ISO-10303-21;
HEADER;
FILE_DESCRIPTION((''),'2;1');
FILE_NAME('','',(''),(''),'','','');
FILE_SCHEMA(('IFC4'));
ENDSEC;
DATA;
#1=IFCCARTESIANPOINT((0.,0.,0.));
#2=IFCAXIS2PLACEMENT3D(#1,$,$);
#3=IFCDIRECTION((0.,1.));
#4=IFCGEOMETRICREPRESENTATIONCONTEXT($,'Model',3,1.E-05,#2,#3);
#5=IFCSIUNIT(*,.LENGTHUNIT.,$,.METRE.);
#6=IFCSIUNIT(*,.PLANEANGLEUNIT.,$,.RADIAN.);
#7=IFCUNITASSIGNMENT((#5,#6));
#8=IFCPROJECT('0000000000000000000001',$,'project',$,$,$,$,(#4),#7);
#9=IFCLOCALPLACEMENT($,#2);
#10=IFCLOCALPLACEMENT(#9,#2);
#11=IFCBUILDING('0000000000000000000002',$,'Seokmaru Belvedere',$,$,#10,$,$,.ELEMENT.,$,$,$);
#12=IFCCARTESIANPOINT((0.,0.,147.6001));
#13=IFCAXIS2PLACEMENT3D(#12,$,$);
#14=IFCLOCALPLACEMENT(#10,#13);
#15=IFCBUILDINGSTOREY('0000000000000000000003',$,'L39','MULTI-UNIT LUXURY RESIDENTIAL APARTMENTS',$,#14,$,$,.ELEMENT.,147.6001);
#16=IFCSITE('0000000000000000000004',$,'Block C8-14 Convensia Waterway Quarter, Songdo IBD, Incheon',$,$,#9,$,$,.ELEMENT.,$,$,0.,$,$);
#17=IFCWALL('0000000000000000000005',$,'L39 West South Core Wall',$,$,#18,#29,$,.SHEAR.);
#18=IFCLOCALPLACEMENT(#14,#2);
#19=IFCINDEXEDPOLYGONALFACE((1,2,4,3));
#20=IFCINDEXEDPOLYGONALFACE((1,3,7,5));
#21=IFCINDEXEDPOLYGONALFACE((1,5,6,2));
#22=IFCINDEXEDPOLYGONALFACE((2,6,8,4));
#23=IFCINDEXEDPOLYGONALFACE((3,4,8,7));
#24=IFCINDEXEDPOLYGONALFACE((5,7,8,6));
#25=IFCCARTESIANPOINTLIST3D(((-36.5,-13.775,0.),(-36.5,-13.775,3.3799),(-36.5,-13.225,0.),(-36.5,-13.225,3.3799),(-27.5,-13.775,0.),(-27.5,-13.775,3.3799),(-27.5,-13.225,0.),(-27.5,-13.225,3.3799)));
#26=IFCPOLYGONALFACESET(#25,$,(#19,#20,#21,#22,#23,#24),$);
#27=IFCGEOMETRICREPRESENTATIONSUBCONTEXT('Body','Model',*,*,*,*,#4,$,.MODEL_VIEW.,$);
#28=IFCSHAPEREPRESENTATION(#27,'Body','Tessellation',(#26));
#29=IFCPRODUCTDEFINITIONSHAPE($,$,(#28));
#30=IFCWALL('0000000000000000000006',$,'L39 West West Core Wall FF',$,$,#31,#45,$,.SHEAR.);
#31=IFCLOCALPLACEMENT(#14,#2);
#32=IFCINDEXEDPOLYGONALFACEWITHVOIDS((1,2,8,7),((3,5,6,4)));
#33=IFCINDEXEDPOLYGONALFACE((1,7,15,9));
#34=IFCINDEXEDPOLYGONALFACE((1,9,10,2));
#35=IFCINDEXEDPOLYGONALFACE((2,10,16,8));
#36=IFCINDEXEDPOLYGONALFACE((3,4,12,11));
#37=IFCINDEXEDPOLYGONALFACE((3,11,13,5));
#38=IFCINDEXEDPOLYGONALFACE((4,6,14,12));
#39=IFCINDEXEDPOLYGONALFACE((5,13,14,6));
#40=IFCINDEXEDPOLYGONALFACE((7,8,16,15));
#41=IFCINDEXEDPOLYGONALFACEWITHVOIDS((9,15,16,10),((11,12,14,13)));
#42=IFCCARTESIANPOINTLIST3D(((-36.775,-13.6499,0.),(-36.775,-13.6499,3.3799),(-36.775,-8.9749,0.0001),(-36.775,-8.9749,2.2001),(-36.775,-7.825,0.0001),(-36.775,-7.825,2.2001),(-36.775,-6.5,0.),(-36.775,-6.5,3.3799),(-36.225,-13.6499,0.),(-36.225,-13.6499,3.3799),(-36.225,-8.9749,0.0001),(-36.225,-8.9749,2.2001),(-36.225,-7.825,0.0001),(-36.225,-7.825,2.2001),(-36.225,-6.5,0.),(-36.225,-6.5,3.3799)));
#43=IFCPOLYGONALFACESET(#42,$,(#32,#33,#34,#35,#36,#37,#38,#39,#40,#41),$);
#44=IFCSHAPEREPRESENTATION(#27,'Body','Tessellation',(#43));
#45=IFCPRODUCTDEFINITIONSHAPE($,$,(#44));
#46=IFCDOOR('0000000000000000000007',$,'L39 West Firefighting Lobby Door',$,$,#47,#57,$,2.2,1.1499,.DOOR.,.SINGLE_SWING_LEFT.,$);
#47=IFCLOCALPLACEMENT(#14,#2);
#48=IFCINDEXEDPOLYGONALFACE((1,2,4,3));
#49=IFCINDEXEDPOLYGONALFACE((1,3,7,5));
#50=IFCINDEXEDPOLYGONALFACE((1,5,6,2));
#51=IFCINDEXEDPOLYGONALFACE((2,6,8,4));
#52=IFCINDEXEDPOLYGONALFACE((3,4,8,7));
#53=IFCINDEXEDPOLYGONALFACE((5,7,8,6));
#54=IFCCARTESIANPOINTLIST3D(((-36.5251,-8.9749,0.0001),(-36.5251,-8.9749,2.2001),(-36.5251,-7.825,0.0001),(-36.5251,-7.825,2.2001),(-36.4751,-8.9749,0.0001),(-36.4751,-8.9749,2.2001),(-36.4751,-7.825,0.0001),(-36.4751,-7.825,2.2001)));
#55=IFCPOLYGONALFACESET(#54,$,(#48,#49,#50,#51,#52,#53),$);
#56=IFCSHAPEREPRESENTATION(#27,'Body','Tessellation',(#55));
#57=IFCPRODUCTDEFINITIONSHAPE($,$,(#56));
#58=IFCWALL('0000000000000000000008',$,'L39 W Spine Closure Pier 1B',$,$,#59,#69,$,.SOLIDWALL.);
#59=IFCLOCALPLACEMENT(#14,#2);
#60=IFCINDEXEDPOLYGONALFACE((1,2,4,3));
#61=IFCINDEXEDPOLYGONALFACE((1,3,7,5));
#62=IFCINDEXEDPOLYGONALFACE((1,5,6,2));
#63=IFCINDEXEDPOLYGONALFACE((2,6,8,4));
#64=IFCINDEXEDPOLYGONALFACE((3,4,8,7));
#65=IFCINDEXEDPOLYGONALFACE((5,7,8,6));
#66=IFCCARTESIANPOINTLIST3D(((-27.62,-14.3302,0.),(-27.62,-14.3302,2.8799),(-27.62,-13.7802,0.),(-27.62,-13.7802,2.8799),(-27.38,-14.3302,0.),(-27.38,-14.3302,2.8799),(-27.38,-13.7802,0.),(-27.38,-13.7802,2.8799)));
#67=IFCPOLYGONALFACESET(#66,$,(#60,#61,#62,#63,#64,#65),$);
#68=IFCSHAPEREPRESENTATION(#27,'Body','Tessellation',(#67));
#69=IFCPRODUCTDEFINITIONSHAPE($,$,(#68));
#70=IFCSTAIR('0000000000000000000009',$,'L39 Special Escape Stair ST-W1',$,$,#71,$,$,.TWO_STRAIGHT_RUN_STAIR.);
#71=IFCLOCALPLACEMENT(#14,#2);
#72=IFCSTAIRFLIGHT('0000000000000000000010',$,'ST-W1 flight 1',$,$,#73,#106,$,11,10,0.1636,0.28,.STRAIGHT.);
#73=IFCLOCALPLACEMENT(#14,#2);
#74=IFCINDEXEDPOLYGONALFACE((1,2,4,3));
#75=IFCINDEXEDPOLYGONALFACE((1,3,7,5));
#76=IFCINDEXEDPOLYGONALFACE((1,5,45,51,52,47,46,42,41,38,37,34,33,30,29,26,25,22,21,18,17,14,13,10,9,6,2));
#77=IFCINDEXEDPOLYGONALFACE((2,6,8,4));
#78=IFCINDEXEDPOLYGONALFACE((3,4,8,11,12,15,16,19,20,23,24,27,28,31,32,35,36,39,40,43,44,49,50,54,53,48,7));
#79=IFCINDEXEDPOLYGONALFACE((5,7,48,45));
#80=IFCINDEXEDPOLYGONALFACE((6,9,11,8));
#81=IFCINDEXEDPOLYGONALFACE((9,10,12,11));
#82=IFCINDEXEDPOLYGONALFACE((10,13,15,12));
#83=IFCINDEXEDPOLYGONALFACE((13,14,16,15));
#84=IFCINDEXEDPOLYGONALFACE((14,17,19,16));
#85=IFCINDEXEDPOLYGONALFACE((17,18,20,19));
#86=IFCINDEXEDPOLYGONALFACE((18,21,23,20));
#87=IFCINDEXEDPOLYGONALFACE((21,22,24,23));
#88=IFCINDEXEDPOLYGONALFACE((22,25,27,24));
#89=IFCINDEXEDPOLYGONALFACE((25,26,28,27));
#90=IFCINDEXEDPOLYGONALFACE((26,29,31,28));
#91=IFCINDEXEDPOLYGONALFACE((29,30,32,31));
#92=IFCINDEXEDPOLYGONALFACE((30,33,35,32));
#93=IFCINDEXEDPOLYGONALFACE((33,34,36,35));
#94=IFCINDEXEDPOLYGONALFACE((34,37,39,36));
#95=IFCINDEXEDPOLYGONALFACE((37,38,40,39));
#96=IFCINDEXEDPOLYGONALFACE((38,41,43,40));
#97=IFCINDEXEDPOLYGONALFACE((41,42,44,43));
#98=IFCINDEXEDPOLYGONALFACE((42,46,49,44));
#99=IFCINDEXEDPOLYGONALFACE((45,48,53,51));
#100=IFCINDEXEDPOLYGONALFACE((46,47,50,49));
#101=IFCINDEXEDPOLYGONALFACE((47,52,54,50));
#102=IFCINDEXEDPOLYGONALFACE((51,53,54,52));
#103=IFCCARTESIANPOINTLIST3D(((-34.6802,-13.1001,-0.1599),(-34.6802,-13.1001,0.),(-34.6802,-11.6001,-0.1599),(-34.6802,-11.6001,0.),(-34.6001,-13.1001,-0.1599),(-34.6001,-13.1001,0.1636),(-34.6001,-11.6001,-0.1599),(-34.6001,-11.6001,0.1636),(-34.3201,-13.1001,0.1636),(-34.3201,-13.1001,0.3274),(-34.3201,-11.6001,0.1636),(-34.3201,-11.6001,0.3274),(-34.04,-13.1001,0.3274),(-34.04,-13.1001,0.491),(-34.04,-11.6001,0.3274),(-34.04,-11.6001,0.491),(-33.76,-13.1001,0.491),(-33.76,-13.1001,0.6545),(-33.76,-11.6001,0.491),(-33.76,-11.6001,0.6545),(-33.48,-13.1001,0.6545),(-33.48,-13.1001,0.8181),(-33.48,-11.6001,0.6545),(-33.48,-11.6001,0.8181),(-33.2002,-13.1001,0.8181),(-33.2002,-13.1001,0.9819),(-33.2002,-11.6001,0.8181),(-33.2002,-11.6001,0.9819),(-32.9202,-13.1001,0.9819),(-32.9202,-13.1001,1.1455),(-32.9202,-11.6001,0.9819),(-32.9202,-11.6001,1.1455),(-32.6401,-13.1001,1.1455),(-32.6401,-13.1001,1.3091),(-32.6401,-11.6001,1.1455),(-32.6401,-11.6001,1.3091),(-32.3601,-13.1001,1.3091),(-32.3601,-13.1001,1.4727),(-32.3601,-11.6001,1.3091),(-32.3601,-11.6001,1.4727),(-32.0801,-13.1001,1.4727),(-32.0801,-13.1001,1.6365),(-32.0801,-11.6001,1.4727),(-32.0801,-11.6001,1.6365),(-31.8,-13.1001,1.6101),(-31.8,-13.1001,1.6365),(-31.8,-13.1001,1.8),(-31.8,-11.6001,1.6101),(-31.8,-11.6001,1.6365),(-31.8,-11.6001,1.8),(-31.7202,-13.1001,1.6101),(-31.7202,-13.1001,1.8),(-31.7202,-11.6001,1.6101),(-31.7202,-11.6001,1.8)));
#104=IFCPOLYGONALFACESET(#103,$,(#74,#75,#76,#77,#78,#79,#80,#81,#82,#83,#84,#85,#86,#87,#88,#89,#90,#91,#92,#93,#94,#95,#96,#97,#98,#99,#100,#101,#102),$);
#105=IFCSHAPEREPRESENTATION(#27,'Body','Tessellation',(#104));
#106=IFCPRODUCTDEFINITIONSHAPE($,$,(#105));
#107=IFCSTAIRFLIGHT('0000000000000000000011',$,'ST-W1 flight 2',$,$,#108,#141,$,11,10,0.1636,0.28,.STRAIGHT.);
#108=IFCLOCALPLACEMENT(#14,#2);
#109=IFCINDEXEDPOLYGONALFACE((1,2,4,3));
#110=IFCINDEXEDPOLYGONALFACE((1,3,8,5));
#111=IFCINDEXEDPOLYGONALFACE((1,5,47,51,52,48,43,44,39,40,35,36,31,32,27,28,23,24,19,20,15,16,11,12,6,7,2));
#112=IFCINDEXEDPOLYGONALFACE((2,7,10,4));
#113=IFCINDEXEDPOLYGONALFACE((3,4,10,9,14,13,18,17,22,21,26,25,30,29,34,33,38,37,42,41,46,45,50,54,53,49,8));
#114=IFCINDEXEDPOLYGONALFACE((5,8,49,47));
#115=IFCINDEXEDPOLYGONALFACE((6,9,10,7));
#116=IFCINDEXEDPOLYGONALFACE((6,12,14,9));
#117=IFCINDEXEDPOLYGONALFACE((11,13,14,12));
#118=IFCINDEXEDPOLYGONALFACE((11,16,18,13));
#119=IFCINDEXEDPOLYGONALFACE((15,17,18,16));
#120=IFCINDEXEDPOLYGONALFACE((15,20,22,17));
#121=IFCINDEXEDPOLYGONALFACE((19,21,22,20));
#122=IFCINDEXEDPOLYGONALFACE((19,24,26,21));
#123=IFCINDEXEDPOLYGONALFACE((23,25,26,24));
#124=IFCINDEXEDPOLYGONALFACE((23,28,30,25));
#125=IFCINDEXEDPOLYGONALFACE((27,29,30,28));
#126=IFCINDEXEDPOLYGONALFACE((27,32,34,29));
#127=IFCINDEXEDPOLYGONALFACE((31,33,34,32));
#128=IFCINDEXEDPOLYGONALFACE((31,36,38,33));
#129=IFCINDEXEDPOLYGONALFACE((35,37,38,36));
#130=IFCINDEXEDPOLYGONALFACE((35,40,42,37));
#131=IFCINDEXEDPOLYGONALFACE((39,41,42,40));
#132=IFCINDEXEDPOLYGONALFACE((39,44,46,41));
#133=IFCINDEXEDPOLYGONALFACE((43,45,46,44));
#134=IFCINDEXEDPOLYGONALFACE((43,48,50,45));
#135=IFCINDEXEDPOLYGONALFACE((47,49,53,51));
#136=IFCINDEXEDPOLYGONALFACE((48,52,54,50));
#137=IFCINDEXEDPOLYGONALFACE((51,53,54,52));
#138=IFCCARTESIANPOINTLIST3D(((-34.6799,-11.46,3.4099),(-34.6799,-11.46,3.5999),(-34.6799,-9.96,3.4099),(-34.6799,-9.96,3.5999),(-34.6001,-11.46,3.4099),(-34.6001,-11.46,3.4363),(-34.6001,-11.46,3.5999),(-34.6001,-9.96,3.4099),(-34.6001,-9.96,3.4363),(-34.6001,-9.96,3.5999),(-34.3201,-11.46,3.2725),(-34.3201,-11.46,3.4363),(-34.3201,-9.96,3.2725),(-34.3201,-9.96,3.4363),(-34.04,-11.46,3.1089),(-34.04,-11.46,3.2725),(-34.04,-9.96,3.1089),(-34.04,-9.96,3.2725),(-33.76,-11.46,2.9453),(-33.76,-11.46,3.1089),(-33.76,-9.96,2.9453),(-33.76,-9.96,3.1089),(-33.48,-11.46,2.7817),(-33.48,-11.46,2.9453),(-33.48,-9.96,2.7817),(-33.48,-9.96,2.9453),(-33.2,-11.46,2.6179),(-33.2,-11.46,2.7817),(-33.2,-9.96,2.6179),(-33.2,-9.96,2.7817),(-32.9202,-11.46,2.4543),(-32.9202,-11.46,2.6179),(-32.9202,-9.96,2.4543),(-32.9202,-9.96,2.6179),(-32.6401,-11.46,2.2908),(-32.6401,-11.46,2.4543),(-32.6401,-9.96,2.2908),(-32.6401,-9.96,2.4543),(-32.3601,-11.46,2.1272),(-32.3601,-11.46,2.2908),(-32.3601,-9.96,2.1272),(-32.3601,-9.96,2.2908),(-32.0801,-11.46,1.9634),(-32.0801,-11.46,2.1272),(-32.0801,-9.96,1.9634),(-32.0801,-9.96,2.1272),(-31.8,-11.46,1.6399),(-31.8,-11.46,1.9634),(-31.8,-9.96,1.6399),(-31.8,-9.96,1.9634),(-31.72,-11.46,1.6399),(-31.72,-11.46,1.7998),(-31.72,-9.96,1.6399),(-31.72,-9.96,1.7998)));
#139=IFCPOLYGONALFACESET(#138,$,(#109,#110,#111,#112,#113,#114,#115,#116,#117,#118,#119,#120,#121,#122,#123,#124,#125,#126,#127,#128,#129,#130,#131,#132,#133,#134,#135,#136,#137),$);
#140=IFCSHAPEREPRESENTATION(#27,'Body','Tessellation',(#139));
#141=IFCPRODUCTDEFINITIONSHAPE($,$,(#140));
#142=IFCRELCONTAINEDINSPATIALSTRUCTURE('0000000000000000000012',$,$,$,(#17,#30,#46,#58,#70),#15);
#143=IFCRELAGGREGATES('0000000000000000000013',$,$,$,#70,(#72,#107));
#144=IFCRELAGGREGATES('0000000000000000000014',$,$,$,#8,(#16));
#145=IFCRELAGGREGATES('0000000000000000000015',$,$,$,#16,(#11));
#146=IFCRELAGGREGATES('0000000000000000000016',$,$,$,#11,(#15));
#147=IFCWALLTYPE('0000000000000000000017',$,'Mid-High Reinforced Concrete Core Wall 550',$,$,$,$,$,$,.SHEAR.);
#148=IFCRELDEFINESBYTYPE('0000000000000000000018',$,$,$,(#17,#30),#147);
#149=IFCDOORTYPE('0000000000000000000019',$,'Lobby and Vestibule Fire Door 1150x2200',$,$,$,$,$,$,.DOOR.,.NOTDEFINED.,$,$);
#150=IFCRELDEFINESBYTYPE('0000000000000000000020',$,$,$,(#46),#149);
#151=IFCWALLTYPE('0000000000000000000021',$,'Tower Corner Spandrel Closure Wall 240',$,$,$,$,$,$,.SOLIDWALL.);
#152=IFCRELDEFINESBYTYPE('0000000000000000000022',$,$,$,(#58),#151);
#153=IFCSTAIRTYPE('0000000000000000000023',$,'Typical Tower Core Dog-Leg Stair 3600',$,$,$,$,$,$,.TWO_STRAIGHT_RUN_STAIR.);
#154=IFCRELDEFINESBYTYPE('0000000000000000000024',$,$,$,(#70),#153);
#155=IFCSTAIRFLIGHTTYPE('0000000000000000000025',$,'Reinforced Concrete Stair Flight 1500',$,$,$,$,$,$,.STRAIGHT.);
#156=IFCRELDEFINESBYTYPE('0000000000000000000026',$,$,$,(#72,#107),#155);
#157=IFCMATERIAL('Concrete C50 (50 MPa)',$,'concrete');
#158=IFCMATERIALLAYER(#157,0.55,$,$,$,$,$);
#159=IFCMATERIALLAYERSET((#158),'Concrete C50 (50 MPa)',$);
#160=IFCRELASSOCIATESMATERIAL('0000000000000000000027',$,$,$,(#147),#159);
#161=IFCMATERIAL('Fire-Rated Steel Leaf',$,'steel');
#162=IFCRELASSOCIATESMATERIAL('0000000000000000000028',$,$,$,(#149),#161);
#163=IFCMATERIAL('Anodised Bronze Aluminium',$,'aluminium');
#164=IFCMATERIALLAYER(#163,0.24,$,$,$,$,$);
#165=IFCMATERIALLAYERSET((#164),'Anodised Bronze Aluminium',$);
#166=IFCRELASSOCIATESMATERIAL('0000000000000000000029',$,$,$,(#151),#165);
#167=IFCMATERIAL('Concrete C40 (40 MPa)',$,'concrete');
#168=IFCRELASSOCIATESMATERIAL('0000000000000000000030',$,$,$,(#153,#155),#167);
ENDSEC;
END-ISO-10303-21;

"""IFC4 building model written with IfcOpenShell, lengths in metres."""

from ifc_helpers import new_model, si_unit, direction, frame, frame_2d, origin, place, context, subcontext, project, spatial, polyline, rectangle, outline, extrude, source, transform, mapped, material, layer, layer_set, type_object, type_shapes, element, fill, aggregate, save


model = new_model("IFC4")

# Units and contexts
model_context = context("Model", 3, precision=1e-05, world=origin(), true_north=direction((0.0, 1.0)))
body_context = subcontext(model_context, "Body", "Model", "MODEL_VIEW")
ifc_project = project(units=[si_unit("LENGTHUNIT", "METRE"), si_unit("PLANEANGLEUNIT", "RADIAN")], contexts=[model_context])

# Site, building, storey
site_placement = place(None, origin())
site = spatial("IfcSite", under=ifc_project, at=site_placement, Name="Block C8-14 Convensia Waterway Quarter, Songdo IBD, Incheon", CompositionType="ELEMENT", RefElevation=0.0)
building_placement = place(site_placement, origin())
building = spatial("IfcBuilding", under=site, at=building_placement, Name="Seokmaru Belvedere", CompositionType="ELEMENT")
storey_placement = place(building_placement, frame((0.0, 0.0, 147.6001)))
storey = spatial("IfcBuildingStorey", under=building, at=storey_placement, Name="L39", Description="MULTI-UNIT LUXURY RESIDENTIAL APARTMENTS", CompositionType="ELEMENT", Elevation=147.6001)

# Shared definitions
ifc_material_1 = material(Name="Anodised Bronze Aluminium", Category="aluminium")

# Shared definitions
ifc_material_2 = material(Name="Concrete C50 (50 MPa)", Category="concrete")
ifc_material_3 = material(Name="Fire-Rated Steel Leaf", Category="steel")

# Wall
ifc_layer_1 = layer(ifc_material_2, 0.55)
ifc_layer_set_1 = layer_set([ifc_layer_1], Name="Concrete C50 (50 MPa)")
wall_type_1 = type_object("IfcWallType", Name="Mid-High Reinforced Concrete Core Wall 550", PredefinedType="SHEAR", material=ifc_layer_set_1)
wall_1_placement = place(storey_placement, frame((-36.5, -13.5, 0.0), z_axis=(0.0, 0.0, 1.0), x_axis=(1.0, 0.0, 0.0)))
element("IfcWall", 1, at=wall_1_placement, inside=storey, type_object=wall_type_1, Name="L39 West South Core Wall", PredefinedType="SHEAR", context=body_context, shape_type="SweptSolid", body=[
    extrude(rectangle(XDim=9.0, YDim=0.55, at=frame_2d((4.5, 0.0))), origin(), (0.0, 0.0, 1.0), 3.3799),
])

# Wall, opening, door
wall_2_placement = place(storey_placement, frame((-36.5, -13.6499, 0.0), z_axis=(0.0, 0.0, 1.0), x_axis=(0.0, 1.0, 0.0)))
wall_2 = element("IfcWall", 2, at=wall_2_placement, inside=storey, type_object=wall_type_1, Name="L39 West West Core Wall FF", PredefinedType="SHEAR", context=body_context, shape_type="SweptSolid", body=[
    extrude(rectangle(XDim=7.1499, YDim=0.55, at=frame_2d((3.575, 0.0))), origin(), (0.0, 0.0, 1.0), 3.3799),
])
opening_1_placement = place(wall_2_placement, frame((4.675, 0.0, 0.0)))
opening_1 = element("IfcOpeningElement", 3, at=opening_1_placement, cuts=wall_2, PredefinedType="OPENING", context=body_context, shape_type="SweptSolid", body=[
    extrude(rectangle(XDim=1.1499, YDim=2.2, at=frame_2d((0.575, 1.1001))), frame((0.0, 0.2852, 0.0), z_axis=(0.0, -1.0, 0.0), x_axis=(1.0, 0.0, 0.0)), (0.0, 0.0, 1.0), 0.5701),
])
door_type_1 = type_object("IfcDoorType", Name="Lobby and Vestibule Fire Door 1150x2200", OperationType="NOTDEFINED", PredefinedType="DOOR", material=ifc_material_3)
shared_shape_1 = source(origin(), body_context, "Body", "SweptSolid", [
    extrude(rectangle(XDim=1.1499, YDim=2.2, at=frame_2d((0.575, 1.1001))), frame((0.0, 0.0249, 0.0), z_axis=(0.0, -1.0, 0.0), x_axis=(1.0, 0.0, 0.0)), (0.0, 0.0, 1.0), 0.05),
])
type_shapes(door_type_1, [shared_shape_1])
door_1_placement = place(opening_1_placement, frame((1.1499, 0.0, 0.0), z_axis=(0.0, 0.0, 1.0), x_axis=(-1.0, 0.0, 0.0)))
door_1 = element("IfcDoor", 4, at=door_1_placement, inside=storey, type_object=door_type_1, Name="L39 West Firefighting Lobby Door", OperationType="SINGLE_SWING_LEFT", OverallHeight=2.2, OverallWidth=1.1499, PredefinedType="DOOR", context=body_context, shape_type="MappedRepresentation", body=[
    mapped(shared_shape_1, transform((0.0, 0.0, 0.0), scale=1.0)),
])
fill(opening_1, door_1)

# Wall
ifc_layer_2 = layer(ifc_material_1, 0.24)
ifc_layer_set_2 = layer_set([ifc_layer_2], Name="Anodised Bronze Aluminium")
wall_type_2 = type_object("IfcWallType", Name="Tower Corner Spandrel Closure Wall 240", PredefinedType="SOLIDWALL", material=ifc_layer_set_2)
wall_3_placement = place(storey_placement, frame((-27.5, -14.3301, 0.0), z_axis=(0.0, 0.0, 1.0), x_axis=(0.0, 1.0, 0.0)))
element("IfcWall", 5, at=wall_3_placement, inside=storey, type_object=wall_type_2, Name="L39 W Spine Closure Pier 1B", PredefinedType="SOLIDWALL", context=body_context, shape_type="SweptSolid", body=[
    extrude(rectangle(XDim=0.55, YDim=0.24, at=frame_2d((0.2749, 0.0))), origin(), (0.0, 0.0, 1.0), 2.8799),
])

# Stair, stair flights
ifc_material_4 = material(Name="Concrete C40 (40 MPa)", Category="concrete")
stair_type = type_object("IfcStairType", Name="Typical Tower Core Dog-Leg Stair 3600", PredefinedType="TWO_STRAIGHT_RUN_STAIR", material=ifc_material_4)
stair_placement = place(storey_placement, origin())
stair = element("IfcStair", 6, at=stair_placement, inside=storey, type_object=stair_type, Name="L39 Special Escape Stair ST-W1", PredefinedType="TWO_STRAIGHT_RUN_STAIR")
stair_flight_type = type_object("IfcStairFlightType", Name="Reinforced Concrete Stair Flight 1500", PredefinedType="STRAIGHT", material=ifc_material_4)
stair_flight_1_placement = place(storey_placement, frame((-34.6001, -12.3501, 0.0), z_axis=(0.0, 0.0, 1.0), x_axis=(1.0, 0.0, 0.0)))
stair_flight_1 = element("IfcStairFlight", 7, at=stair_flight_1_placement, type_object=stair_flight_type, Name="ST-W1 flight 1", NumberOfRisers=11, NumberOfTreads=10, PredefinedType="STRAIGHT", RiserHeight=0.1636, TreadLength=0.28, context=body_context, shape_type="SweptSolid", body=[
    extrude(outline(polyline([(-0.0801, 0.0), (0.0, 0.1636), (0.28, 0.1636), (0.28, 0.3274), (0.5601, 0.3274), (0.5601, 0.491), (0.8401, 0.491), (0.8401, 0.6545), (1.1201, 0.6545), (1.1201, 0.8181), (1.3999, 0.8181), (1.3999, 0.9819), (1.6799, 0.9819), (1.6799, 1.1455), (1.96, 1.1455), (1.96, 1.3091), (2.24, 1.3091), (2.24, 1.4727), (2.52, 1.4727), (2.52, 1.6365), (2.8, 1.6365), (2.8, 1.8), (2.8799, 1.8), (2.8799, 1.6101), (2.8, 1.6101), (0.0, -0.1599), (-0.0801, -0.1599), (-0.0801, 0.0)])), frame((0.0, 0.75, 0.0), z_axis=(0.0, -1.0, 0.0), x_axis=(1.0, 0.0, 0.0)), (0.0, 0.0, 1.0), 1.5),
])
stair_flight_2_placement = place(storey_placement, frame((-31.8, -10.71, 1.7998), z_axis=(0.0, 0.0, 1.0), x_axis=(-1.0, 0.0, 0.0)))
stair_flight_2 = element("IfcStairFlight", 8, at=stair_flight_2_placement, type_object=stair_flight_type, Name="ST-W1 flight 2", NumberOfRisers=11, NumberOfTreads=10, PredefinedType="STRAIGHT", RiserHeight=0.1636, TreadLength=0.28, context=body_context, shape_type="SweptSolid", body=[
    extrude(outline(polyline([(-0.0801, 0.0), (0.0, 0.1636), (0.28, 0.1636), (0.28, 0.3274), (0.5601, 0.3274), (0.5601, 0.491), (0.8401, 0.491), (0.8401, 0.6545), (1.1201, 0.6545), (1.1201, 0.8181), (1.3999, 0.8181), (1.3999, 0.9819), (1.6799, 0.9819), (1.6799, 1.1455), (1.96, 1.1455), (1.96, 1.3091), (2.24, 1.3091), (2.24, 1.4727), (2.52, 1.4727), (2.52, 1.6365), (2.8, 1.6365), (2.8, 1.8), (2.8799, 1.8), (2.8799, 1.6101), (2.8, 1.6101), (0.0, -0.1599), (-0.0801, -0.1599), (-0.0801, 0.0)])), frame((0.0, 0.75, 0.0), z_axis=(0.0, -1.0, 0.0), x_axis=(1.0, 0.0, 0.0)), (0.0, 0.0, 1.0), 1.5),
])
aggregate(stair, [stair_flight_1, stair_flight_2])

save(model, "model.ifc")
